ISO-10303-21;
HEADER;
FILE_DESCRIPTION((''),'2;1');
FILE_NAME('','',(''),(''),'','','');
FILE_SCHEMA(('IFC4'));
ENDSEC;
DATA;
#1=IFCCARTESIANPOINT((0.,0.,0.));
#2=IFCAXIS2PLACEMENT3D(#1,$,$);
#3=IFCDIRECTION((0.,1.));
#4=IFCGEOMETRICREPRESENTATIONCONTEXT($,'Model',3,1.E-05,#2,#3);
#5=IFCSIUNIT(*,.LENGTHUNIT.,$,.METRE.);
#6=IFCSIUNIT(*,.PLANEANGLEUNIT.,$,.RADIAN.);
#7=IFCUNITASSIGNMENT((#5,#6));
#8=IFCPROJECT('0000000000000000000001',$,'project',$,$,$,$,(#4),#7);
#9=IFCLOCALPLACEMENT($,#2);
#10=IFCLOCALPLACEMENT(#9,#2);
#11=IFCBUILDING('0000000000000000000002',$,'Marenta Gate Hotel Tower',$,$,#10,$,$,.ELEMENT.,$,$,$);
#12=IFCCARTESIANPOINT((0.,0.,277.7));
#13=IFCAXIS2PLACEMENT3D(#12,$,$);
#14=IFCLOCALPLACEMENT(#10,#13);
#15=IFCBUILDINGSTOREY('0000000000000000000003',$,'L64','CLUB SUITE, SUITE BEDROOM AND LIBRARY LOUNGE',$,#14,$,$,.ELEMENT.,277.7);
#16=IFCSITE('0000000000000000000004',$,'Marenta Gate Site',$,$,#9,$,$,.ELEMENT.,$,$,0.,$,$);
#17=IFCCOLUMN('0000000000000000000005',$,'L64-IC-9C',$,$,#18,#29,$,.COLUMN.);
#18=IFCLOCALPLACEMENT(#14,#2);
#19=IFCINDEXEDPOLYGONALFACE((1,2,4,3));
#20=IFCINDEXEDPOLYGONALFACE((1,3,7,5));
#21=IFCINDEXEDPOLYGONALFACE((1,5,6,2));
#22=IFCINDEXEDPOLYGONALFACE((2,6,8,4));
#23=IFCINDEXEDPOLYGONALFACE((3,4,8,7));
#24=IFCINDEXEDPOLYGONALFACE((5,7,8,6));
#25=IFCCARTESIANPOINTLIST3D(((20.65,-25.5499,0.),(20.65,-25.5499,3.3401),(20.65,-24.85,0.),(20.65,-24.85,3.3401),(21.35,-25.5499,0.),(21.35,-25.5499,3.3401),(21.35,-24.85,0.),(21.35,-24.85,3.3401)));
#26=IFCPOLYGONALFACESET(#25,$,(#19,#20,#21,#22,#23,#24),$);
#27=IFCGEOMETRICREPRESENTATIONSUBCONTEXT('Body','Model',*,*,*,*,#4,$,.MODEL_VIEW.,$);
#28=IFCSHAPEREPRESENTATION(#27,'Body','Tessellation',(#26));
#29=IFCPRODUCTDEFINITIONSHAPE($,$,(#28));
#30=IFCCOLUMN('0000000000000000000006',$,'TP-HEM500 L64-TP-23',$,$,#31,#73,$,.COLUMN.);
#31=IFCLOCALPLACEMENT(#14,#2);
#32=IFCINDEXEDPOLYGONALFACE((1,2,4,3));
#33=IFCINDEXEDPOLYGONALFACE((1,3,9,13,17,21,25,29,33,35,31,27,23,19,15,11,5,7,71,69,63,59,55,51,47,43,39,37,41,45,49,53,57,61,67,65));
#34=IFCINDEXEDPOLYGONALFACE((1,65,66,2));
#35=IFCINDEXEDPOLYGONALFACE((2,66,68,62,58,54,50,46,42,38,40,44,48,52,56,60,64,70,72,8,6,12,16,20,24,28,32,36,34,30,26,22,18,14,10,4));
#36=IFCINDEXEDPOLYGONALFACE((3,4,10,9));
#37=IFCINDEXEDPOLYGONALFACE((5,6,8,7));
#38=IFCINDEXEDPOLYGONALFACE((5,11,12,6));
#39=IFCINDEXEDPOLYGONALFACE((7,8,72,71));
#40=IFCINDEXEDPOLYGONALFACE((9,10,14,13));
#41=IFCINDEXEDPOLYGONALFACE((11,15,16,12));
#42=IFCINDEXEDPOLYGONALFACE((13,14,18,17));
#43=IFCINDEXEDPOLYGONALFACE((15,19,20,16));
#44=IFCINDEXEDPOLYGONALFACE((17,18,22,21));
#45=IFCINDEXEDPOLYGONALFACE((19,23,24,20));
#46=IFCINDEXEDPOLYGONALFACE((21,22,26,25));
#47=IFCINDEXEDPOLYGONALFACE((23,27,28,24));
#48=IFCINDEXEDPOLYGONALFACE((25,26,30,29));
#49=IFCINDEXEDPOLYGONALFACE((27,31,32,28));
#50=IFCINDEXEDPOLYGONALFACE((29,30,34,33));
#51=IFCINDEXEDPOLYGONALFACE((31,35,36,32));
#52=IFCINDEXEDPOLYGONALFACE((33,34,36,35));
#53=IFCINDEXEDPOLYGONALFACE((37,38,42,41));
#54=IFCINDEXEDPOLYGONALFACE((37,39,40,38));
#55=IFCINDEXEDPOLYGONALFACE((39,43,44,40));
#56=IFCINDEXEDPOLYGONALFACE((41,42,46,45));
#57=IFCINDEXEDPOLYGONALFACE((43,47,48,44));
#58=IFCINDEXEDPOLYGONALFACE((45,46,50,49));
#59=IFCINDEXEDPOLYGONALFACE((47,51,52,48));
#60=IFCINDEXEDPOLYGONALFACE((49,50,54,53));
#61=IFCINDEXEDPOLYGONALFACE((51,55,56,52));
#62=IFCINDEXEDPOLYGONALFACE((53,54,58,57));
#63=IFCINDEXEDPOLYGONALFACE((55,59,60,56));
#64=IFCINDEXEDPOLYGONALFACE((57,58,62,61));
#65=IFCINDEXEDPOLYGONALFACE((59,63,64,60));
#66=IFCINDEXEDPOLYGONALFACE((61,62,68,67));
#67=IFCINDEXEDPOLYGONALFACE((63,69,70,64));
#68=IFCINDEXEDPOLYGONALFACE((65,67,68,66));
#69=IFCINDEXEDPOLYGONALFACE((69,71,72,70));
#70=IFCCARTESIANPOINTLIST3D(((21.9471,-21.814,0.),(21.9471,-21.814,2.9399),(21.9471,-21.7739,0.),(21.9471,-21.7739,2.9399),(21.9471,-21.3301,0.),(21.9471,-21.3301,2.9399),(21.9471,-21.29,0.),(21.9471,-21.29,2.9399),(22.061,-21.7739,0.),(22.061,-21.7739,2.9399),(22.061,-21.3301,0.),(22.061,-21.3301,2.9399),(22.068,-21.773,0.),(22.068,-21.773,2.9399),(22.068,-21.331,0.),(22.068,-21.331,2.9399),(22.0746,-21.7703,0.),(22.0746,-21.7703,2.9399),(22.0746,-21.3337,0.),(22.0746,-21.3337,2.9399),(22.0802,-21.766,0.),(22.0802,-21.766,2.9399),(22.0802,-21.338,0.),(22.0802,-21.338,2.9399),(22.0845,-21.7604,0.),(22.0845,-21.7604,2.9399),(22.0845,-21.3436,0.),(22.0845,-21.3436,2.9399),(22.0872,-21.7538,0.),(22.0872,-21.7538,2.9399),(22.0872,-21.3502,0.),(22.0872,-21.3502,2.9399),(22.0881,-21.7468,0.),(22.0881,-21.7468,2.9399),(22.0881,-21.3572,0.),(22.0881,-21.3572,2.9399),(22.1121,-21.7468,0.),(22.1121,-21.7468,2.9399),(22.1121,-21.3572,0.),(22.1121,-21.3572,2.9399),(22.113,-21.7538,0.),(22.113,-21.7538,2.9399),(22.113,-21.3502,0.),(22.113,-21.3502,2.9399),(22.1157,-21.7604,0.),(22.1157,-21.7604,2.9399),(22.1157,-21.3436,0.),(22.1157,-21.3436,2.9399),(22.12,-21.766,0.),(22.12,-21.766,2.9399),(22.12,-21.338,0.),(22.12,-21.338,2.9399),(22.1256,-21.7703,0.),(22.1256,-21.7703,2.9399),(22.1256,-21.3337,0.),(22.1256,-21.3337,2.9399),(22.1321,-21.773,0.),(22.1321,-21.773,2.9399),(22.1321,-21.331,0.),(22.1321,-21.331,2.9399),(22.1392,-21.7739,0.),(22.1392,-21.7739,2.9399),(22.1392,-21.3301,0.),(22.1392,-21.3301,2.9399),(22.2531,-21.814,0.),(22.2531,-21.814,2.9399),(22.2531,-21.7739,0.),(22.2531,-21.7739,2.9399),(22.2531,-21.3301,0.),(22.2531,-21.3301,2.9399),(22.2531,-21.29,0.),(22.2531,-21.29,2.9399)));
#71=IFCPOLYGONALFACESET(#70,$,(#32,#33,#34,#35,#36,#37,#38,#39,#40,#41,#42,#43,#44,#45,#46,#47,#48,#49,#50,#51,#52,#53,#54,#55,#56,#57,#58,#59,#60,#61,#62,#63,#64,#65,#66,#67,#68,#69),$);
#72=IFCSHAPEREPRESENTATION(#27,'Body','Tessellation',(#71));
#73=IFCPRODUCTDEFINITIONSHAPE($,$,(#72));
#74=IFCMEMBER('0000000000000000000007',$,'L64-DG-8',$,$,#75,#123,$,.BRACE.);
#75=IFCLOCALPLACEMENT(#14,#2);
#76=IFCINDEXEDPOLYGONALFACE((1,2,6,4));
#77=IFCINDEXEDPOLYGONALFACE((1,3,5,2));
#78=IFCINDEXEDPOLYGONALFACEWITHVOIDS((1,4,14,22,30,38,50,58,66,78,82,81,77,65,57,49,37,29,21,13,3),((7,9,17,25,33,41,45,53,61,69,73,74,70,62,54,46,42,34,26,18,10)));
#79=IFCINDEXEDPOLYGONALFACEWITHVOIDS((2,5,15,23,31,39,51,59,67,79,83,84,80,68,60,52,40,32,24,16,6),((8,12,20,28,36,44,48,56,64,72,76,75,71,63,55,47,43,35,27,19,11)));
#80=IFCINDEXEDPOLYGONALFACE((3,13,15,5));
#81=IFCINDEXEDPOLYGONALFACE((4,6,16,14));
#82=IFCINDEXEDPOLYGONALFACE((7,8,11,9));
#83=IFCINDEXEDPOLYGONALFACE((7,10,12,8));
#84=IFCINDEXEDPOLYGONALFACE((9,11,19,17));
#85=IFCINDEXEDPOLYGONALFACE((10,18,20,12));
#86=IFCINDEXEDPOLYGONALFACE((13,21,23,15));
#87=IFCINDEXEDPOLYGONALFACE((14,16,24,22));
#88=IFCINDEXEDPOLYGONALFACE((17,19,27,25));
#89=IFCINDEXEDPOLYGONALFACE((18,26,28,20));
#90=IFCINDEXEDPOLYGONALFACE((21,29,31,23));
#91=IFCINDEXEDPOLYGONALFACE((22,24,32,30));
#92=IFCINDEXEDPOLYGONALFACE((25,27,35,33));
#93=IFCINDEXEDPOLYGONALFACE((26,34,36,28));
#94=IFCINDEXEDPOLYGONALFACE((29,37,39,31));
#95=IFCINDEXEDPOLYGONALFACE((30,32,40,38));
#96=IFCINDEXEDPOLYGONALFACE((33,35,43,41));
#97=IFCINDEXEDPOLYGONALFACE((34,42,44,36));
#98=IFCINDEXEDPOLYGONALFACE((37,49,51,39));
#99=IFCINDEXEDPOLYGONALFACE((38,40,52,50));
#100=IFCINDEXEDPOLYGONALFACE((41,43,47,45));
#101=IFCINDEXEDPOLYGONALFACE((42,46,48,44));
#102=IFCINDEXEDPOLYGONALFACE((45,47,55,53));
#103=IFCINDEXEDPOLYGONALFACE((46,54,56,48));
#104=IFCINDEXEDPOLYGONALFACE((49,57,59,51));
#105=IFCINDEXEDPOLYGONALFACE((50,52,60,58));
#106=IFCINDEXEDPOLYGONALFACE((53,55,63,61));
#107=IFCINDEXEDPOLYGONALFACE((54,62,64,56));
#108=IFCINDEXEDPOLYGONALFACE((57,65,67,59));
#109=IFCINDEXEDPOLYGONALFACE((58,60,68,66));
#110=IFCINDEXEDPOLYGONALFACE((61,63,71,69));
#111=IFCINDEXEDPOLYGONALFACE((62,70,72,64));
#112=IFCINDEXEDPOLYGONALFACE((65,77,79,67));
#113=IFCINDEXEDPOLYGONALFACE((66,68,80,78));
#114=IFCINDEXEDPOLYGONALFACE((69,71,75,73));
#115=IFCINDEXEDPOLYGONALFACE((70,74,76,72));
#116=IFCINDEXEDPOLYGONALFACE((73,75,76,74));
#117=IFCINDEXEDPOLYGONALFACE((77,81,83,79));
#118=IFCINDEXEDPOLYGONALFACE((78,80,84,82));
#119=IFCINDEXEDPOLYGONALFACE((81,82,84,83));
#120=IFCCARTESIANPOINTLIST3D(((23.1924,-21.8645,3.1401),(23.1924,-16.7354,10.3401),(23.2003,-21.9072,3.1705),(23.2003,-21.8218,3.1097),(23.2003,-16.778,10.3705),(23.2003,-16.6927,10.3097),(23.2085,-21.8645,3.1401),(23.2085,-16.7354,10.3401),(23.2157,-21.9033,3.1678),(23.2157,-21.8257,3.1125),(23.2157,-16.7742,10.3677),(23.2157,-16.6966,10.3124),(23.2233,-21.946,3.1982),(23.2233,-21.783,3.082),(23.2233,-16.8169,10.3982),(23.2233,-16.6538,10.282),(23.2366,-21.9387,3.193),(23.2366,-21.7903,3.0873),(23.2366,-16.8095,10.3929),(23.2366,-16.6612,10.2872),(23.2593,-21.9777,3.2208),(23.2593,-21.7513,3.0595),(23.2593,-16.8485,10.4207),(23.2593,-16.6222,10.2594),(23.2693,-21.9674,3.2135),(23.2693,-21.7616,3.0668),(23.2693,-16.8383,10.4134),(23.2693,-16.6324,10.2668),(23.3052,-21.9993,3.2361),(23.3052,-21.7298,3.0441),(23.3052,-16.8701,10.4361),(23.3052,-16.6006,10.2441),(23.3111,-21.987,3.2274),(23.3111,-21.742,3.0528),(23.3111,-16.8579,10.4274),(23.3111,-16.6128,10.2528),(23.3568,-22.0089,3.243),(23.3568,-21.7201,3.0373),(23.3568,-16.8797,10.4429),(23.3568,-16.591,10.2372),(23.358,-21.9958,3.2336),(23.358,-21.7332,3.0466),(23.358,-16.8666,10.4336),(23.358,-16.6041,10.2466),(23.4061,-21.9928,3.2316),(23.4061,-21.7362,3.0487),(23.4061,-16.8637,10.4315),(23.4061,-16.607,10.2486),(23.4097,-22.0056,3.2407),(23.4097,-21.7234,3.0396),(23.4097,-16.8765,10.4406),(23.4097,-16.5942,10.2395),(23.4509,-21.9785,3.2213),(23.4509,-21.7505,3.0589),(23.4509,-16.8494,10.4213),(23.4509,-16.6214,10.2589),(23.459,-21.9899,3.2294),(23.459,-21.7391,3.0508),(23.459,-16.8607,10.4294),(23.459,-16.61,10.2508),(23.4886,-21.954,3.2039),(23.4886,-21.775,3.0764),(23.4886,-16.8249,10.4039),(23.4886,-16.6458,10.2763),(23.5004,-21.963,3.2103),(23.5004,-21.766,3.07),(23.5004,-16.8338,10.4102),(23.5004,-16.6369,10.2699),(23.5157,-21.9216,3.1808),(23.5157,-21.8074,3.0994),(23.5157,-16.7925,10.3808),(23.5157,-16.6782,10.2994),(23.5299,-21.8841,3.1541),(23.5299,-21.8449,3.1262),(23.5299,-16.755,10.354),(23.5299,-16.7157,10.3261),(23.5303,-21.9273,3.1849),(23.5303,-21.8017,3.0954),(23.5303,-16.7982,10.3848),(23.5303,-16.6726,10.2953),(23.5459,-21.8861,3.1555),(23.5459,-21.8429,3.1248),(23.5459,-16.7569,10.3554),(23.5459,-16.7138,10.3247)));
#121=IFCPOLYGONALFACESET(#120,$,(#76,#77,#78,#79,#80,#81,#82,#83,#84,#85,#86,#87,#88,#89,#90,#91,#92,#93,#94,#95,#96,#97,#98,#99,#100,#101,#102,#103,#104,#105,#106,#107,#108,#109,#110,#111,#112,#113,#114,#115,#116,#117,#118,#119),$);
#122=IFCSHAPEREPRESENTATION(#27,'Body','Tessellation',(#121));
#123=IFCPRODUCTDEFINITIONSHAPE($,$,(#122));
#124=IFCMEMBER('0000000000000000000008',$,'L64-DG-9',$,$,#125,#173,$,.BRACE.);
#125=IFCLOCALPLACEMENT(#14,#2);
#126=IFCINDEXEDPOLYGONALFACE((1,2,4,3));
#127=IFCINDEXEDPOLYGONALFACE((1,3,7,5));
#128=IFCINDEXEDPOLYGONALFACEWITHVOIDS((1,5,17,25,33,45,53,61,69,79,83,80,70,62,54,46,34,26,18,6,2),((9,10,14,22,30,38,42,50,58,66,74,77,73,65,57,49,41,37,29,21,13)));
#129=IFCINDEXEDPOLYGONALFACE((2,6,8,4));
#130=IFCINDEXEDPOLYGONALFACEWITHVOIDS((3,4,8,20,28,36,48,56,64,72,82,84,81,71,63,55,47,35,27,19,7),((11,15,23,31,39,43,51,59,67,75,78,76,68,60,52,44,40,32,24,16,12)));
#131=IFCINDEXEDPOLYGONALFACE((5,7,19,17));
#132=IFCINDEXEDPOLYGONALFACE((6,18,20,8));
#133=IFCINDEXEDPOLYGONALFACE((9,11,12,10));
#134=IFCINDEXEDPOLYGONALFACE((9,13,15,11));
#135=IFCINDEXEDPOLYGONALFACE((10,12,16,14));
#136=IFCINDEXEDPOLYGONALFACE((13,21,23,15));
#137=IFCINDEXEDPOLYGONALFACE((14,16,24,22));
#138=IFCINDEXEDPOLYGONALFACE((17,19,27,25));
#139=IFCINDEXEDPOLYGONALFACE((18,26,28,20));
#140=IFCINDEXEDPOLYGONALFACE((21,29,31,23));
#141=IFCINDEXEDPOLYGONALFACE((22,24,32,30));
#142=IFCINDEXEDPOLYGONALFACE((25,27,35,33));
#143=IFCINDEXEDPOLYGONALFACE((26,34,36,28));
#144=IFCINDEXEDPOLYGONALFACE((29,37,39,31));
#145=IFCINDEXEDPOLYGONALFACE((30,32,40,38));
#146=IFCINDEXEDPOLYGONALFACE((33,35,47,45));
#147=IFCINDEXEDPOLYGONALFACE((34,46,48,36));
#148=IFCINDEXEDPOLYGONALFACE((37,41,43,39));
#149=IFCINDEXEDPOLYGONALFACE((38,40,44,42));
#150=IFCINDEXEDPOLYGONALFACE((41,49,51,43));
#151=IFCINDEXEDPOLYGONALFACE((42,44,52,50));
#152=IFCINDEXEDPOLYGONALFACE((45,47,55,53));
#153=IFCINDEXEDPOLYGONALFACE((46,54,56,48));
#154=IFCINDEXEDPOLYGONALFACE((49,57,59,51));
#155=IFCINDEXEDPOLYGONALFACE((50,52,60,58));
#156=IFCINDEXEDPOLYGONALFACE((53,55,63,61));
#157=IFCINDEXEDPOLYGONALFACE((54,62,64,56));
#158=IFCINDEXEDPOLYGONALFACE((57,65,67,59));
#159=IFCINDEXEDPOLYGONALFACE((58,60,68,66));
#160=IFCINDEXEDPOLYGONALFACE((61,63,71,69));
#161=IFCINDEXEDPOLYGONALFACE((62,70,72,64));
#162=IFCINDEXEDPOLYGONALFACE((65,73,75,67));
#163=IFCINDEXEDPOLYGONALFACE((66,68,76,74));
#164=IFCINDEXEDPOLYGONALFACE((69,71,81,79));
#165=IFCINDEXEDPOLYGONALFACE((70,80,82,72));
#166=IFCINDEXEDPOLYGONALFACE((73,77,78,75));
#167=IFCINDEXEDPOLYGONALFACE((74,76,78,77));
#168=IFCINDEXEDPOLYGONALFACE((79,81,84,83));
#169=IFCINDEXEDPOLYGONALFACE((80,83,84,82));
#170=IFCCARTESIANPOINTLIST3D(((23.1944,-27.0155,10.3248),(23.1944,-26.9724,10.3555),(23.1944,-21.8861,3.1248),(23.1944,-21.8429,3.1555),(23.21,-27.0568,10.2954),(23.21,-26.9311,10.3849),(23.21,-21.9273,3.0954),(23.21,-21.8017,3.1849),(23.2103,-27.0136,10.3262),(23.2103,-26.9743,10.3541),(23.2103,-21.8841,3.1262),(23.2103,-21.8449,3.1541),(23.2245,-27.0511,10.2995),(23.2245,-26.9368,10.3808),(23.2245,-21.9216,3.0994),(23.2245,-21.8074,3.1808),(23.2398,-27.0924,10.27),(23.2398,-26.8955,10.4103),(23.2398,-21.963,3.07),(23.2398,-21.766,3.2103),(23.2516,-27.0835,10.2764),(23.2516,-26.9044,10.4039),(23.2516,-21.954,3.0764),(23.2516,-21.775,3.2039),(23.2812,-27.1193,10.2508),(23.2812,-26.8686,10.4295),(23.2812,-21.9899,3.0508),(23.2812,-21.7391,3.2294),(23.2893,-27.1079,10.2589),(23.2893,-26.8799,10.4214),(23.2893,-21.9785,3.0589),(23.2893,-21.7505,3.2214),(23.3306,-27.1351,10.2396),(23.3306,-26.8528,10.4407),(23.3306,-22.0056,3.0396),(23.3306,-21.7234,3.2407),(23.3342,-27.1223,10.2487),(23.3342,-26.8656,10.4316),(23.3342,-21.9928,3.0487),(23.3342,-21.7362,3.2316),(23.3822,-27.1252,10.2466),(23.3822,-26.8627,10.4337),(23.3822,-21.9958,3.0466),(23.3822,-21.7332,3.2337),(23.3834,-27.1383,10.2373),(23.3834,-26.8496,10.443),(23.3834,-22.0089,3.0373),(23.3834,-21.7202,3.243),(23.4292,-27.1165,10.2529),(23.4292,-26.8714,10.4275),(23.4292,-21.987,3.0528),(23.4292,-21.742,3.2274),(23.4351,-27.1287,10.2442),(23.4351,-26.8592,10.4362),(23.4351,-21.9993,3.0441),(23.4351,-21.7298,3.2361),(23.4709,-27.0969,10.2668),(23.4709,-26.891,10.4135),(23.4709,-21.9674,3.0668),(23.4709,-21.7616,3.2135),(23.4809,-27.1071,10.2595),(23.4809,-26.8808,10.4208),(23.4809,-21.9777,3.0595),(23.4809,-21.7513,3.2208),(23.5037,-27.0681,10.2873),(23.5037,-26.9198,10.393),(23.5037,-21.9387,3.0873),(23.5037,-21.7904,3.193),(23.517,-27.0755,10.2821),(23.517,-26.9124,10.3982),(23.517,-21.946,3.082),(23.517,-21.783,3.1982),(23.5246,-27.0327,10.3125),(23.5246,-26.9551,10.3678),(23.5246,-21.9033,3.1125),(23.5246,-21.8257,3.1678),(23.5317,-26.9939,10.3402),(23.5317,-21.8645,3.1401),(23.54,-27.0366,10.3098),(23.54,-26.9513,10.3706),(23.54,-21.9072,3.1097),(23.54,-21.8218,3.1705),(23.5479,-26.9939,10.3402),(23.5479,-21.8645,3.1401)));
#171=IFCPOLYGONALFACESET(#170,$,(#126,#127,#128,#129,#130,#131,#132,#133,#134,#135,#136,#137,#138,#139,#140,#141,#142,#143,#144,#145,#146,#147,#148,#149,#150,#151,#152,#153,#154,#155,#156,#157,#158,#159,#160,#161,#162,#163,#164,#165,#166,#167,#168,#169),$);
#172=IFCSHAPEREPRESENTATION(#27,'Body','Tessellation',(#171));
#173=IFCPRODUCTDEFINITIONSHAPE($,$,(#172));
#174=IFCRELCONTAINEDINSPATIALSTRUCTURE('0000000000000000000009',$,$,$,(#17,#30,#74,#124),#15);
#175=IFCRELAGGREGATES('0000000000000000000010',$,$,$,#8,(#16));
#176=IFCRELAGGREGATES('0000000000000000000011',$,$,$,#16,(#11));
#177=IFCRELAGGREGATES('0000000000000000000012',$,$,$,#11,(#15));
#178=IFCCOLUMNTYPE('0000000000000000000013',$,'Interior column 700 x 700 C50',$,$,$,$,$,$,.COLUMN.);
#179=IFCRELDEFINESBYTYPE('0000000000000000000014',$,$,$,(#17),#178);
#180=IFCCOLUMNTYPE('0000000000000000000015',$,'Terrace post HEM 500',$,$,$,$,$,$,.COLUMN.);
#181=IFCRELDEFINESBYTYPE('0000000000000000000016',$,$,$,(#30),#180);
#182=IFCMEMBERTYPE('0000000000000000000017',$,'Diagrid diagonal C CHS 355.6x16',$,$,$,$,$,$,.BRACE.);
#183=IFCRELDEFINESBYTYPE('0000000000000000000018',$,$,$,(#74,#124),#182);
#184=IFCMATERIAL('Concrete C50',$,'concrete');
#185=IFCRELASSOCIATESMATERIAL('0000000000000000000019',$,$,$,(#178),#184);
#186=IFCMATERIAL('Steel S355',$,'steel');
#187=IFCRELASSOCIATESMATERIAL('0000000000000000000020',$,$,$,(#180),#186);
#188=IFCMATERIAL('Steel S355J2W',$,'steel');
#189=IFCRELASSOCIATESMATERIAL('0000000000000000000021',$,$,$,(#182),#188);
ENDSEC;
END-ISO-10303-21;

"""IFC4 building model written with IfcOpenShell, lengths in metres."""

from ifc_helpers import new_model, si_unit, direction, frame, origin, origin_2d, place, context, subcontext, project, spatial, rectangle, hollow_circle, i_section, extrude, material, material_profile, profile_set, type_object, element, save


model = new_model("IFC4")

# Units and contexts
model_context = context("Model", 3, precision=1e-05, world=origin(), true_north=direction((0.0, 1.0)))
body_context = subcontext(model_context, "Body", "Model", "MODEL_VIEW")
ifc_project = project(units=[si_unit("LENGTHUNIT", "METRE"), si_unit("PLANEANGLEUNIT", "RADIAN")], contexts=[model_context])

# Site, building, storey
site_placement = place(None, origin())
site = spatial("IfcSite", under=ifc_project, at=site_placement, Name="Marenta Gate Site", CompositionType="ELEMENT", RefElevation=0.0)
building_placement = place(site_placement, origin())
building = spatial("IfcBuilding", under=site, at=building_placement, Name="Marenta Gate Hotel Tower", CompositionType="ELEMENT")
storey_placement = place(building_placement, frame((0.0, 0.0, 277.7)))
storey = spatial("IfcBuildingStorey", under=building, at=storey_placement, Name="L64", Description="CLUB SUITE, SUITE BEDROOM AND LIBRARY LOUNGE", CompositionType="ELEMENT", Elevation=277.7)

# Columns
ifc_material_1 = material(Name="Concrete C50", Category="concrete")
ifc_material_profile_1 = material_profile(ifc_material_1, rectangle(XDim=0.7, YDim=0.7, at=origin_2d()), Name="700 x 700")
ifc_profile_set_1 = profile_set([ifc_material_profile_1], Name="Concrete C50")
column_type_1 = type_object("IfcColumnType", Name="Interior column 700 x 700 C50", PredefinedType="COLUMN", material=ifc_profile_set_1)
column_1_placement = place(storey_placement, frame((21.0, -25.2, 0.0), z_axis=(0.0, 0.0, 1.0), x_axis=(1.0, 0.0, 0.0)))
element("IfcColumn", 1, at=column_1_placement, inside=storey, type_object=column_type_1, Name="L64-IC-9C", PredefinedType="COLUMN", context=body_context, shape_type="SweptSolid", body=[
    extrude(rectangle(XDim=0.7, YDim=0.7, at=origin_2d()), origin(), (0.0, 0.0, 1.0), 3.3401),
])
ifc_material_2 = material(Name="Steel S355", Category="steel")
ifc_material_profile_2 = material_profile(ifc_material_2, i_section(OverallWidth=0.3059, OverallDepth=0.5239, WebThickness=0.0239, FlangeThickness=0.04, FilletRadius=0.0271, at=origin_2d()), Name="HEM 500")
ifc_profile_set_2 = profile_set([ifc_material_profile_2], Name="Steel S355")
column_type_2 = type_object("IfcColumnType", Name="Terrace post HEM 500", PredefinedType="COLUMN", material=ifc_profile_set_2)
column_2_placement = place(storey_placement, frame((22.1001, -21.552, 0.0), z_axis=(0.0, 0.0, 1.0), x_axis=(1.0, 0.0, 0.0)))
element("IfcColumn", 2, at=column_2_placement, inside=storey, type_object=column_type_2, Name="TP-HEM500 L64-TP-23", PredefinedType="COLUMN", context=body_context, shape_type="SweptSolid", body=[
    extrude(i_section(OverallWidth=0.3059, OverallDepth=0.5239, WebThickness=0.0239, FlangeThickness=0.04, FilletRadius=0.0271, at=origin_2d()), origin(), (0.0, 0.0, 1.0), 2.9399),
])

# Members
ifc_material_3 = material(Name="Steel S355J2W", Category="steel")
ifc_material_profile_3 = material_profile(ifc_material_3, hollow_circle(Radius=0.1777, WallThickness=0.0161, at=origin_2d()), Name="CHS 355.6x16")
ifc_profile_set_3 = profile_set([ifc_material_profile_3], Name="Steel S355J2W")
member_type_1 = type_object("IfcMemberType", Name="Diagrid diagonal C CHS 355.6x16", PredefinedType="BRACE", material=ifc_profile_set_3)
member_1_placement = place(storey_placement, frame((23.3701, -21.8645, 3.1401), z_axis=(0.0, 0.580214, 0.814464), x_axis=(-1.0, 0.0, 0.0)))
element("IfcMember", 3, at=member_1_placement, inside=storey, type_object=member_type_1, Name="L64-DG-8", PredefinedType="BRACE", context=body_context, shape_type="SweptSolid", body=[
    extrude(hollow_circle(Radius=0.1777, WallThickness=0.0161, at=origin_2d()), origin(), (0.0, 0.0, 1.0), 8.8401),
])
member_2_placement = place(storey_placement, frame((23.3701, -21.8645, 3.1401), z_axis=(0.0, -0.580232, 0.814451), x_axis=(1.0, 0.0, 0.0)))
element("IfcMember", 4, at=member_2_placement, inside=storey, type_object=member_type_1, Name="L64-DG-9", PredefinedType="BRACE", context=body_context, shape_type="SweptSolid", body=[
    extrude(hollow_circle(Radius=0.1777, WallThickness=0.0161, at=origin_2d()), origin(), (0.0, 0.0, 1.0), 8.8403),
])

save(model, "model.ifc")
